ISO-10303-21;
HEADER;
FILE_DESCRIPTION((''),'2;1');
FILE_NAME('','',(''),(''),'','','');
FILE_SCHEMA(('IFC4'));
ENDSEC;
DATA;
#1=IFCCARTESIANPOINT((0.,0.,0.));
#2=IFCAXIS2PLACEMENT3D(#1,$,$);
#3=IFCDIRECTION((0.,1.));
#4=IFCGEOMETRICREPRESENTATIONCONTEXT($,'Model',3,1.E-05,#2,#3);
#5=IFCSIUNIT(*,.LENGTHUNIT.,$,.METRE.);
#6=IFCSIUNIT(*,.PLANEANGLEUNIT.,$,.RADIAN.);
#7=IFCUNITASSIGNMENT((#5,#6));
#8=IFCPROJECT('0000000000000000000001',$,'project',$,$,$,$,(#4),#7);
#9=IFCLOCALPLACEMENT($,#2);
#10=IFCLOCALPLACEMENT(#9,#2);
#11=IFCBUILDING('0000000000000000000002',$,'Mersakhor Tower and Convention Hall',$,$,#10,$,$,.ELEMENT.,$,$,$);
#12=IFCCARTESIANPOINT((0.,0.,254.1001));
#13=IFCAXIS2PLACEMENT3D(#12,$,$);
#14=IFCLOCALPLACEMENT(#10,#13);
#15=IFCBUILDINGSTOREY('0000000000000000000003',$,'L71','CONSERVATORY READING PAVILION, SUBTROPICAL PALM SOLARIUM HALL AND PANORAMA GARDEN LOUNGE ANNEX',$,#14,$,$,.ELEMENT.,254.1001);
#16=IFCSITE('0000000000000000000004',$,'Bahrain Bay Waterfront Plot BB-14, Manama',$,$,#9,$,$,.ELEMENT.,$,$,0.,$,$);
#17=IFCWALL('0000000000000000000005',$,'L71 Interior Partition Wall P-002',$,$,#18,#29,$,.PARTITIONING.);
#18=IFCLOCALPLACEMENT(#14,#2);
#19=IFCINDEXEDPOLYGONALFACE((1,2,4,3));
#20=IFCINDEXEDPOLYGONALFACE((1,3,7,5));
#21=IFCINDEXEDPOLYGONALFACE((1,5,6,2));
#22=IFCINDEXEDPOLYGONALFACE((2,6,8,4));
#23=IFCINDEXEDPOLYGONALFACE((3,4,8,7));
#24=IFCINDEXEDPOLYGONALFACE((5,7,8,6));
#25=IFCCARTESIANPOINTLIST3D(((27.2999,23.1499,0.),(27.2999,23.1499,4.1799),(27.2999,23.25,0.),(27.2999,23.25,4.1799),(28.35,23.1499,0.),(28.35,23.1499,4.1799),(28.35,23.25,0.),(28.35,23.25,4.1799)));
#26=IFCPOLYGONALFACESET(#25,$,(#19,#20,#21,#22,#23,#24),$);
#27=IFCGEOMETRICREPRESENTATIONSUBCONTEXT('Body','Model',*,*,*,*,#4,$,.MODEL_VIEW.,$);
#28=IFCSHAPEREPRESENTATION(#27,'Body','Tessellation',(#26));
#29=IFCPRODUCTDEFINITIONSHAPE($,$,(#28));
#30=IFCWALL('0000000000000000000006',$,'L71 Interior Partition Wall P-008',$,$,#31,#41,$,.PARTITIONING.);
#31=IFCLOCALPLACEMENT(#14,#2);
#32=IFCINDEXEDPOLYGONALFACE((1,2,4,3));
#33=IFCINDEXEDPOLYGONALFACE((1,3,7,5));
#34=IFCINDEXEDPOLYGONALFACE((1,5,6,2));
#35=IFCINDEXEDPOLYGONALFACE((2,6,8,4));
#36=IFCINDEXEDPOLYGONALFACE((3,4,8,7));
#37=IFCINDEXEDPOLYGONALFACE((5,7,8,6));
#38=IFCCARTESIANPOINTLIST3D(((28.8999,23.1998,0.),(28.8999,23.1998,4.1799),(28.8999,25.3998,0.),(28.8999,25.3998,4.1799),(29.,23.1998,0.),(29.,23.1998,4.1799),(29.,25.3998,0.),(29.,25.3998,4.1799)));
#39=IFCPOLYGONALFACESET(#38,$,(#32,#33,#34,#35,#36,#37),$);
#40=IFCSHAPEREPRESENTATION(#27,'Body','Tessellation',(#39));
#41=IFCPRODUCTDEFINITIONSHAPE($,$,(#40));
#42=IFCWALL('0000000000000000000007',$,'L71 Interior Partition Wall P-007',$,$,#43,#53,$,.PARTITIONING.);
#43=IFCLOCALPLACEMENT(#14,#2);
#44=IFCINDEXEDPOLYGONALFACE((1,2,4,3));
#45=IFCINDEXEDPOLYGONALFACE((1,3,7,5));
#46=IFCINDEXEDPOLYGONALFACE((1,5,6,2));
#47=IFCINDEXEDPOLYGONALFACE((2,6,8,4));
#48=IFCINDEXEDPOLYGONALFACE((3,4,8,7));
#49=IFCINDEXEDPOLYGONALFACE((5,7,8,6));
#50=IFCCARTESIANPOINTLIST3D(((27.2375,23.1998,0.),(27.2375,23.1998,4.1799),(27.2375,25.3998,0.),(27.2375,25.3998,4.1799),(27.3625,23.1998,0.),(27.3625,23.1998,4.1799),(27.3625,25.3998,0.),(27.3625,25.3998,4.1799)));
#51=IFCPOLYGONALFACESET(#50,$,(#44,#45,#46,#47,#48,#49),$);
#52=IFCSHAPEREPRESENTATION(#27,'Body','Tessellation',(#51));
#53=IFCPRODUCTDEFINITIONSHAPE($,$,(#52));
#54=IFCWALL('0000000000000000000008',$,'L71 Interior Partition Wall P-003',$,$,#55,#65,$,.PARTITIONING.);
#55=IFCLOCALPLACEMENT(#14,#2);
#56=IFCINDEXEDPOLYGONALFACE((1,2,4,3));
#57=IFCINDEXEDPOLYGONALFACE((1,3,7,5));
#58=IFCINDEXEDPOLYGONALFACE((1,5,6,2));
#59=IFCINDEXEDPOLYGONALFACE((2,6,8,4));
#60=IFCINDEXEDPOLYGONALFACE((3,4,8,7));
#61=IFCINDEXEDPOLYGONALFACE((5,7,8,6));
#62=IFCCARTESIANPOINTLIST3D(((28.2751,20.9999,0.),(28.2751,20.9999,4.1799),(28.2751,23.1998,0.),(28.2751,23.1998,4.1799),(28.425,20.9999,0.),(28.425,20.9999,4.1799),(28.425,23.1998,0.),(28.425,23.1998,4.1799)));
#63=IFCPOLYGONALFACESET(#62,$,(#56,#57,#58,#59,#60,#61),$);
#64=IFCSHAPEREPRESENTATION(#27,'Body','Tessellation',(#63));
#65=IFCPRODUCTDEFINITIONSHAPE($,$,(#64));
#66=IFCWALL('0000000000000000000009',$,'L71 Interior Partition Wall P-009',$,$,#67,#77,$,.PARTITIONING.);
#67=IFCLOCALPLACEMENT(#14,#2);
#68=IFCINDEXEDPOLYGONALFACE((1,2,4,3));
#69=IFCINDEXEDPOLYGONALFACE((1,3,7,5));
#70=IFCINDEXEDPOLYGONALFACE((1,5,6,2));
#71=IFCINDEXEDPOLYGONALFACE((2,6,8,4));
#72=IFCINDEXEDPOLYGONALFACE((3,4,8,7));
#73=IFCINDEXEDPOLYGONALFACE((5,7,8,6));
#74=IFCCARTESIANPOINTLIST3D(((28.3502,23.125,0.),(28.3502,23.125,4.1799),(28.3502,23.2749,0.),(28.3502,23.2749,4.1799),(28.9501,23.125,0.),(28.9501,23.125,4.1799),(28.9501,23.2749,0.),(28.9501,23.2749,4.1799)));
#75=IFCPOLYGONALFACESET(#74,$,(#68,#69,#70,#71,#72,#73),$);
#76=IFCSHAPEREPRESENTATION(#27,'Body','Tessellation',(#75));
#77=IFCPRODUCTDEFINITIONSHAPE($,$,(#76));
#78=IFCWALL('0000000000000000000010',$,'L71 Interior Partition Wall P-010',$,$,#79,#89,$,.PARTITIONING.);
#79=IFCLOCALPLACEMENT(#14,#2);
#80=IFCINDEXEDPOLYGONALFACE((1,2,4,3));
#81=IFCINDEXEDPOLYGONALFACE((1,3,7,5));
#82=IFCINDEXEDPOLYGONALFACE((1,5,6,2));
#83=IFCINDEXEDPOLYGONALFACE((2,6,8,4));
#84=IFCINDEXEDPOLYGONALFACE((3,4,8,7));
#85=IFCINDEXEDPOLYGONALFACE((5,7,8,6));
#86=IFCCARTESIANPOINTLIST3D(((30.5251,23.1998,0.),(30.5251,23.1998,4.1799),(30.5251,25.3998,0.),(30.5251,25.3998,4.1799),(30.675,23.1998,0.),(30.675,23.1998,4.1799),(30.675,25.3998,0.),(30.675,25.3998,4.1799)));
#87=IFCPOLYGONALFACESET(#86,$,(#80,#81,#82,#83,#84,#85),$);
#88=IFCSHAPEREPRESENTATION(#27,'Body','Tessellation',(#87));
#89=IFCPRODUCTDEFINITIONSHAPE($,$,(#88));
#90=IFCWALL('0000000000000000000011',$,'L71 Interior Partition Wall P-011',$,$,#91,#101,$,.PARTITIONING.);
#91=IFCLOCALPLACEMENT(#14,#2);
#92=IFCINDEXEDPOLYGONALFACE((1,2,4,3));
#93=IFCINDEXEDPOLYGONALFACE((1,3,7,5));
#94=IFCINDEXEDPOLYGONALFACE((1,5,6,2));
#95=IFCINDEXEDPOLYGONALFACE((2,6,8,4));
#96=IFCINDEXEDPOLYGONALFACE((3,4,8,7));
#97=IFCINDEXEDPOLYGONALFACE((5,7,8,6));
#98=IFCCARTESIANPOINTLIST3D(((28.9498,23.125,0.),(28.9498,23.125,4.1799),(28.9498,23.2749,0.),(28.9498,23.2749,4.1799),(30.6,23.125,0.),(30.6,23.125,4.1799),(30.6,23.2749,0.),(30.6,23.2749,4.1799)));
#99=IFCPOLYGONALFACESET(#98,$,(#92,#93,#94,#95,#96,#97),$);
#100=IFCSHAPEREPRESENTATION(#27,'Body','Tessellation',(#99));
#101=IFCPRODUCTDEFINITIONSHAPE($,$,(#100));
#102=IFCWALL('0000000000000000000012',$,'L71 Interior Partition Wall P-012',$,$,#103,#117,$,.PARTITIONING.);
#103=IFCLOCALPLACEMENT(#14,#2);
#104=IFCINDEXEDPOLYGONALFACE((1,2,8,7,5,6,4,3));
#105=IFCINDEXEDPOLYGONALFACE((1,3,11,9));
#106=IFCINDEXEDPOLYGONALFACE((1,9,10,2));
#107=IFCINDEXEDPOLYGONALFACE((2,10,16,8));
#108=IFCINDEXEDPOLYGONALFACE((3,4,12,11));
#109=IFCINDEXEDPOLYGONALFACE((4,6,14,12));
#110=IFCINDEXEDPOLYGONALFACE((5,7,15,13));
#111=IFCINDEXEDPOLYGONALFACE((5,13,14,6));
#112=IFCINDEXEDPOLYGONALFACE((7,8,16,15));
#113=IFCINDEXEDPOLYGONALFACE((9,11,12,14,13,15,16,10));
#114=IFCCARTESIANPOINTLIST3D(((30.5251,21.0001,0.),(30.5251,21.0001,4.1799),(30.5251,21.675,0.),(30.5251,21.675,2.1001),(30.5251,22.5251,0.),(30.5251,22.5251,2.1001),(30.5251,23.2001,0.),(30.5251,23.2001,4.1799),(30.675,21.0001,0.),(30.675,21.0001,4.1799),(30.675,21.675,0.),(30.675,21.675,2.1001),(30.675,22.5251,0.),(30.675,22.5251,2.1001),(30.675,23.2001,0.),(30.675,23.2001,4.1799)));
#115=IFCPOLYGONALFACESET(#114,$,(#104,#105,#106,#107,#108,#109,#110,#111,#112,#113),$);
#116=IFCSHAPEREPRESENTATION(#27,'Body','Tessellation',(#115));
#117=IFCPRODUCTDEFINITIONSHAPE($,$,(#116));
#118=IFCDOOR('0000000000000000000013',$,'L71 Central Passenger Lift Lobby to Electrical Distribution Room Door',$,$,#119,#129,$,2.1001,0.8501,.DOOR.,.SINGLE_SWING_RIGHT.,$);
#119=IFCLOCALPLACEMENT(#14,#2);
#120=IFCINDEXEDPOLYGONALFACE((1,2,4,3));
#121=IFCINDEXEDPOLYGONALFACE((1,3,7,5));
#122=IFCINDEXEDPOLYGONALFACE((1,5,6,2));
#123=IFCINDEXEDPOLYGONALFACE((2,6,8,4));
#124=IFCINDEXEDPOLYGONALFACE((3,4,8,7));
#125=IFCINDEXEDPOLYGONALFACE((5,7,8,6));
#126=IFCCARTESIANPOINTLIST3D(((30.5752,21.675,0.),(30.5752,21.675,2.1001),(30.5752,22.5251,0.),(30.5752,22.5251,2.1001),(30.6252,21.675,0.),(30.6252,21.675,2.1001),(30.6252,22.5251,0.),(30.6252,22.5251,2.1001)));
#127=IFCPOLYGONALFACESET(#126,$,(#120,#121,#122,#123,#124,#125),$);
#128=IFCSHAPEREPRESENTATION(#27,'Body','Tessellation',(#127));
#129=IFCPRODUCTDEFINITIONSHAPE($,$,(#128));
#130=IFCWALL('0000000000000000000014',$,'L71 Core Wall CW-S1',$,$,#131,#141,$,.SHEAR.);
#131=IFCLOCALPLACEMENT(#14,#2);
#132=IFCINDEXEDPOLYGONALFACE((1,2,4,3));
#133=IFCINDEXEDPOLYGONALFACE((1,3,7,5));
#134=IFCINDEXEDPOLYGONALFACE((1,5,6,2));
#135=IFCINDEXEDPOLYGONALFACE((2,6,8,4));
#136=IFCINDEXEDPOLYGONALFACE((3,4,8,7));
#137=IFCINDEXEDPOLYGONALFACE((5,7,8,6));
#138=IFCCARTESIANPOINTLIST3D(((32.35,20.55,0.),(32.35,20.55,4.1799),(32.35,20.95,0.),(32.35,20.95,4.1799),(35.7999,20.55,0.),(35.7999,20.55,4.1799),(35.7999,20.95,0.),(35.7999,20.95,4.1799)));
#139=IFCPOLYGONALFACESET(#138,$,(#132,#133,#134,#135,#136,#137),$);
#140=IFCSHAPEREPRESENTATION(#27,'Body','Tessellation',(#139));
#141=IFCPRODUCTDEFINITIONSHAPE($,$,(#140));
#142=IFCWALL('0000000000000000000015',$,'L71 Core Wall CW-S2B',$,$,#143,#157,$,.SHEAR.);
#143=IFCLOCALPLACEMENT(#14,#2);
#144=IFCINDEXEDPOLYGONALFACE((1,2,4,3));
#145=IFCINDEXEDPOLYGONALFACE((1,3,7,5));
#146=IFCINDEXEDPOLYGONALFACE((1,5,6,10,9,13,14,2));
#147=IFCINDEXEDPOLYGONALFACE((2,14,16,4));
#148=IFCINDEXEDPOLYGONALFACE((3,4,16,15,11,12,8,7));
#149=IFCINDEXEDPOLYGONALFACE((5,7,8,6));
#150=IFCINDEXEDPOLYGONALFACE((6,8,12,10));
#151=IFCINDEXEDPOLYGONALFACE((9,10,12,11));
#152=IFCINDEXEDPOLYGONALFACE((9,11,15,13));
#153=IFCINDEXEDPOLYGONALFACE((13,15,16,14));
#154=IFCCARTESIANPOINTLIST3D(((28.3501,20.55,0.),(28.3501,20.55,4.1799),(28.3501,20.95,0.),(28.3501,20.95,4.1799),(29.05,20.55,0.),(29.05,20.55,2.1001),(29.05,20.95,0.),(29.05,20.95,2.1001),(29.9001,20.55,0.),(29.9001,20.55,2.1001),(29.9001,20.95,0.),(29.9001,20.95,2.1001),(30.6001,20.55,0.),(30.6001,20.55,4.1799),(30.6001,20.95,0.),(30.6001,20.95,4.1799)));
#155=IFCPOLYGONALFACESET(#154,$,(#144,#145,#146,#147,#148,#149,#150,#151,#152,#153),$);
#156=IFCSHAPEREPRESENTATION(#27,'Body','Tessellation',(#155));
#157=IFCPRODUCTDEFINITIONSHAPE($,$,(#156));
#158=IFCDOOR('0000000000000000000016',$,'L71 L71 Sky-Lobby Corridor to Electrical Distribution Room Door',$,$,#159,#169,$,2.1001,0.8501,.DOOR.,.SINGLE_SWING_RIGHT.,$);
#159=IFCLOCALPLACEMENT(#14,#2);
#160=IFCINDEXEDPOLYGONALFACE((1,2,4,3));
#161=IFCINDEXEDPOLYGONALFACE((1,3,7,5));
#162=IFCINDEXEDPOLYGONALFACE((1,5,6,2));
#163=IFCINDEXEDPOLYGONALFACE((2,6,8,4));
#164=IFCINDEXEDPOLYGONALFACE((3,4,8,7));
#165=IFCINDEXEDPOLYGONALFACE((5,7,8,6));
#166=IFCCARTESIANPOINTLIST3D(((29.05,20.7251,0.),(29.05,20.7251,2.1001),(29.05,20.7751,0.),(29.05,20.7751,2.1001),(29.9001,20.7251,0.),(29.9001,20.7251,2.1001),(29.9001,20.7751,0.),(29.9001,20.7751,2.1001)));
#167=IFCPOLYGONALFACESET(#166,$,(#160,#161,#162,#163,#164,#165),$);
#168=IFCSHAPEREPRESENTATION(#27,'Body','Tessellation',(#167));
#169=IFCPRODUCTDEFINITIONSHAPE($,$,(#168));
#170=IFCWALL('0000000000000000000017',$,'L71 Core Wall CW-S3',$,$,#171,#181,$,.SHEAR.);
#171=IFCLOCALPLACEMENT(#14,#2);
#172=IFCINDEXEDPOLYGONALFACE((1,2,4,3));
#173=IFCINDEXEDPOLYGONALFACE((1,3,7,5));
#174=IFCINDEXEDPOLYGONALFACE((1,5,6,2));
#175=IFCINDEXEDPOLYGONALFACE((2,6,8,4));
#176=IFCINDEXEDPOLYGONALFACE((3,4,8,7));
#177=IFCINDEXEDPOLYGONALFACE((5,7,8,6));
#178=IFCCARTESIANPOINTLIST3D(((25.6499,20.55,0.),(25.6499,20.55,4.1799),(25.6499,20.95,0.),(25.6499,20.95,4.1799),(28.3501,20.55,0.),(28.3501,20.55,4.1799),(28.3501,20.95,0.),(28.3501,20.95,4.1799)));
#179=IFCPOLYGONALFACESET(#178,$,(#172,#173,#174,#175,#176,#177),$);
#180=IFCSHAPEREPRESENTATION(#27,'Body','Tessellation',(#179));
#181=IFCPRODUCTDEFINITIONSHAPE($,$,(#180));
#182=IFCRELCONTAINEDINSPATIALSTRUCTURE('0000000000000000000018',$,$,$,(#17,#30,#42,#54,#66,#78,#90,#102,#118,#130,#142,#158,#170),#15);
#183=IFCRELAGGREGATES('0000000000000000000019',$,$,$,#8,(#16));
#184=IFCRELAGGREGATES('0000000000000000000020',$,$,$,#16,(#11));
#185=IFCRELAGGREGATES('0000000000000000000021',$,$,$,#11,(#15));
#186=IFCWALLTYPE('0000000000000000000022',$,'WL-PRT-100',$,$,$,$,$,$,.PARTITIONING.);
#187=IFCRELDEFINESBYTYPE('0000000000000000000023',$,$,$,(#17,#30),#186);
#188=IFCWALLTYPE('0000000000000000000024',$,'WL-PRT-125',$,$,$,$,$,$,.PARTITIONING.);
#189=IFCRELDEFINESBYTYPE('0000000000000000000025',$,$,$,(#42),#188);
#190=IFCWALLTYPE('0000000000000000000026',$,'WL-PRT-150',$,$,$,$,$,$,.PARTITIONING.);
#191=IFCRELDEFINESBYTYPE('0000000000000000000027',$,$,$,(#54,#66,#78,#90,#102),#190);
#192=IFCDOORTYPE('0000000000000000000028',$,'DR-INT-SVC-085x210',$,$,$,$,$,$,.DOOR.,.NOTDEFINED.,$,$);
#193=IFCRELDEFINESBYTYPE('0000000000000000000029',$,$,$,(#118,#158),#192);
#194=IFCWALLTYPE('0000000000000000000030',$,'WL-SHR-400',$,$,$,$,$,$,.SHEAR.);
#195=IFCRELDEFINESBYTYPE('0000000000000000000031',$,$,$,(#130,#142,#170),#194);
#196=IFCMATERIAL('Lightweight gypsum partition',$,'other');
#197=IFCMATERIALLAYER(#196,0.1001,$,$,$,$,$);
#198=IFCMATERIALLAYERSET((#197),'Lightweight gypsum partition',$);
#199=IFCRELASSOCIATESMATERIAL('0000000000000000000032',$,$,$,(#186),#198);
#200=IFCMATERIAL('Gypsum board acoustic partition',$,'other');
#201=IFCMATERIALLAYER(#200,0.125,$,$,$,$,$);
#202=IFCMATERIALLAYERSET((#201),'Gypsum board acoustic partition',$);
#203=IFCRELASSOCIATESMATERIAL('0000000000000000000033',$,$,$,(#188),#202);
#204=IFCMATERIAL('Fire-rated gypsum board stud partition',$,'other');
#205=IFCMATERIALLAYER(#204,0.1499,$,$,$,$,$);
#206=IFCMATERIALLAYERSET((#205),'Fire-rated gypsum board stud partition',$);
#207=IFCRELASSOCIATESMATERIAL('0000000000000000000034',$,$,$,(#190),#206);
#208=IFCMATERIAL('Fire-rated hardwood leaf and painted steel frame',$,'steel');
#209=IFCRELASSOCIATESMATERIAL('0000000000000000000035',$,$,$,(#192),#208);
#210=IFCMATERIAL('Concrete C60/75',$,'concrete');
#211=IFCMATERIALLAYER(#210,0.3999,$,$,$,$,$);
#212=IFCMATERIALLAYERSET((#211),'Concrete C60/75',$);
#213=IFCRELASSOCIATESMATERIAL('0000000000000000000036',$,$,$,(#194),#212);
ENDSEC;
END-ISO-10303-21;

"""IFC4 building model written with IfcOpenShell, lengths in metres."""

from ifc_helpers import new_model, si_unit, direction, frame, frame_2d, origin, place, context, subcontext, project, spatial, rectangle, extrude, material, layer, layer_set, type_object, element, fill, save


model = new_model("IFC4")

# Units and contexts
model_context = context("Model", 3, precision=1e-05, world=origin(), true_north=direction((0.0, 1.0)))
body_context = subcontext(model_context, "Body", "Model", "MODEL_VIEW")
ifc_project = project(units=[si_unit("LENGTHUNIT", "METRE"), si_unit("PLANEANGLEUNIT", "RADIAN")], contexts=[model_context])

# Site, building, storey
site_placement = place(None, origin())
site = spatial("IfcSite", under=ifc_project, at=site_placement, Name="Bahrain Bay Waterfront Plot BB-14, Manama", CompositionType="ELEMENT", RefElevation=0.0)
building_placement = place(site_placement, origin())
building = spatial("IfcBuilding", under=site, at=building_placement, Name="Mersakhor Tower and Convention Hall", CompositionType="ELEMENT")
storey_placement = place(building_placement, frame((0.0, 0.0, 254.1001)))
storey = spatial("IfcBuildingStorey", under=building, at=storey_placement, Name="L71", Description="CONSERVATORY READING PAVILION, SUBTROPICAL PALM SOLARIUM HALL AND PANORAMA GARDEN LOUNGE ANNEX", CompositionType="ELEMENT", Elevation=254.1001)

# Walls
ifc_material_1 = material(Name="Lightweight gypsum partition", Category="other")
ifc_layer_1 = layer(ifc_material_1, 0.1001)
ifc_layer_set_1 = layer_set([ifc_layer_1], Name="Lightweight gypsum partition")
wall_type_1 = type_object("IfcWallType", Name="WL-PRT-100", PredefinedType="PARTITIONING", material=ifc_layer_set_1)
wall_1_placement = place(storey_placement, frame((27.3, 23.2, 0.0), z_axis=(0.0, 0.0, 1.0), x_axis=(1.0, 0.0, 0.0)))
element("IfcWall", 1, at=wall_1_placement, inside=storey, type_object=wall_type_1, Name="L71 Interior Partition Wall P-002", PredefinedType="PARTITIONING", context=body_context, shape_type="SweptSolid", body=[
    extrude(rectangle(XDim=1.05, YDim=0.1001, at=frame_2d((0.5249, 0.0))), origin(), (0.0, 0.0, 1.0), 4.1799),
])
wall_2_placement = place(storey_placement, frame((28.95, 25.3999, 0.0), z_axis=(0.0, 0.0, 1.0), x_axis=(0.0, -1.0, 0.0)))
element("IfcWall", 2, at=wall_2_placement, inside=storey, type_object=wall_type_1, Name="L71 Interior Partition Wall P-008", PredefinedType="PARTITIONING", context=body_context, shape_type="SweptSolid", body=[
    extrude(rectangle(XDim=2.2, YDim=0.1001, at=frame_2d((1.1001, 0.0))), origin(), (0.0, 0.0, 1.0), 4.1799),
])
ifc_material_2 = material(Name="Gypsum board acoustic partition", Category="other")
ifc_layer_2 = layer(ifc_material_2, 0.125)
ifc_layer_set_2 = layer_set([ifc_layer_2], Name="Gypsum board acoustic partition")
wall_type_2 = type_object("IfcWallType", Name="WL-PRT-125", PredefinedType="PARTITIONING", material=ifc_layer_set_2)
wall_3_placement = place(storey_placement, frame((27.3, 25.3999, 0.0), z_axis=(0.0, 0.0, 1.0), x_axis=(0.0, -1.0, 0.0)))
element("IfcWall", 3, at=wall_3_placement, inside=storey, type_object=wall_type_2, Name="L71 Interior Partition Wall P-007", PredefinedType="PARTITIONING", context=body_context, shape_type="SweptSolid", body=[
    extrude(rectangle(XDim=2.2, YDim=0.125, at=frame_2d((1.1001, 0.0))), origin(), (0.0, 0.0, 1.0), 4.1799),
])
ifc_material_3 = material(Name="Fire-rated gypsum board stud partition", Category="other")
ifc_layer_3 = layer(ifc_material_3, 0.1499)
ifc_layer_set_3 = layer_set([ifc_layer_3], Name="Fire-rated gypsum board stud partition")
wall_type_3 = type_object("IfcWallType", Name="WL-PRT-150", PredefinedType="PARTITIONING", material=ifc_layer_set_3)
wall_4_placement = place(storey_placement, frame((28.3501, 23.2, 0.0), z_axis=(0.0, 0.0, 1.0), x_axis=(0.0, -1.0, 0.0)))
element("IfcWall", 4, at=wall_4_placement, inside=storey, type_object=wall_type_3, Name="L71 Interior Partition Wall P-003", PredefinedType="PARTITIONING", context=body_context, shape_type="SweptSolid", body=[
    extrude(rectangle(XDim=2.2, YDim=0.1499, at=frame_2d((1.1001, 0.0))), origin(), (0.0, 0.0, 1.0), 4.1799),
])
wall_5_placement = place(storey_placement, frame((28.95, 23.2, 0.0), z_axis=(0.0, 0.0, 1.0), x_axis=(-1.0, 0.0, 0.0)))
element("IfcWall", 5, at=wall_5_placement, inside=storey, type_object=wall_type_3, Name="L71 Interior Partition Wall P-009", PredefinedType="PARTITIONING", context=body_context, shape_type="SweptSolid", body=[
    extrude(rectangle(XDim=0.5999, YDim=0.1499, at=frame_2d((0.2998, 0.0))), origin(), (0.0, 0.0, 1.0), 4.1799),
])
wall_6_placement = place(storey_placement, frame((30.6001, 25.3999, 0.0), z_axis=(0.0, 0.0, 1.0), x_axis=(0.0, -1.0, 0.0)))
element("IfcWall", 6, at=wall_6_placement, inside=storey, type_object=wall_type_3, Name="L71 Interior Partition Wall P-010", PredefinedType="PARTITIONING", context=body_context, shape_type="SweptSolid", body=[
    extrude(rectangle(XDim=2.2, YDim=0.1499, at=frame_2d((1.1001, 0.0))), origin(), (0.0, 0.0, 1.0), 4.1799),
])
wall_7_placement = place(storey_placement, frame((30.6001, 23.2, 0.0), z_axis=(0.0, 0.0, 1.0), x_axis=(-1.0, 0.0, 0.0)))
element("IfcWall", 7, at=wall_7_placement, inside=storey, type_object=wall_type_3, Name="L71 Interior Partition Wall P-011", PredefinedType="PARTITIONING", context=body_context, shape_type="SweptSolid", body=[
    extrude(rectangle(XDim=1.6501, YDim=0.1499, at=frame_2d((0.8252, 0.0))), origin(), (0.0, 0.0, 1.0), 4.1799),
])

# Wall, opening, door
wall_8_placement = place(storey_placement, frame((30.6001, 21.0, 0.0), z_axis=(0.0, 0.0, 1.0), x_axis=(0.0, 1.0, 0.0)))
wall_8 = element("IfcWall", 8, at=wall_8_placement, inside=storey, type_object=wall_type_3, Name="L71 Interior Partition Wall P-012", PredefinedType="PARTITIONING", context=body_context, shape_type="SweptSolid", body=[
    extrude(rectangle(XDim=2.2, YDim=0.1499, at=frame_2d((1.1001, 0.0))), origin(), (0.0, 0.0, 1.0), 4.1799),
])
opening_1_placement = place(wall_8_placement, frame((0.675, 0.0, 0.0)))
opening_1 = element("IfcOpeningElement", 9, at=opening_1_placement, cuts=wall_8, PredefinedType="OPENING", context=body_context, shape_type="SweptSolid", body=[
    extrude(rectangle(XDim=0.8501, YDim=2.1001, at=frame_2d((0.425, 1.05))), frame((0.0, 0.085, 0.0), z_axis=(0.0, -1.0, 0.0), x_axis=(1.0, 0.0, 0.0)), (0.0, 0.0, 1.0), 0.1699),
])
ifc_material_4 = material(Name="Fire-rated hardwood leaf and painted steel frame", Category="steel")
door_type_1 = type_object("IfcDoorType", Name="DR-INT-SVC-085x210", OperationType="NOTDEFINED", PredefinedType="DOOR", material=ifc_material_4)
door_1_placement = place(opening_1_placement, origin())
door_1 = element("IfcDoor", 10, at=door_1_placement, inside=storey, type_object=door_type_1, Name="L71 Central Passenger Lift Lobby to Electrical Distribution Room Door", OperationType="SINGLE_SWING_RIGHT", OverallHeight=2.1001, OverallWidth=0.8501, PredefinedType="DOOR", context=body_context, shape_type="SweptSolid", body=[
    extrude(rectangle(XDim=0.8501, YDim=2.1001, at=frame_2d((0.425, 1.05))), frame((0.0, 0.0249, 0.0), z_axis=(0.0, -1.0, 0.0), x_axis=(1.0, 0.0, 0.0)), (0.0, 0.0, 1.0), 0.05),
])
fill(opening_1, door_1)

# Wall
ifc_material_5 = material(Name="Concrete C60/75", Category="concrete")
ifc_layer_4 = layer(ifc_material_5, 0.3999)
ifc_layer_set_4 = layer_set([ifc_layer_4], Name="Concrete C60/75")
wall_type_4 = type_object("IfcWallType", Name="WL-SHR-400", PredefinedType="SHEAR", material=ifc_layer_set_4)
wall_9_placement = place(storey_placement, frame((35.8, 20.75, 0.0), z_axis=(0.0, 0.0, 1.0), x_axis=(-1.0, 0.0, 0.0)))
element("IfcWall", 11, at=wall_9_placement, inside=storey, type_object=wall_type_4, Name="L71 Core Wall CW-S1", PredefinedType="SHEAR", context=body_context, shape_type="SweptSolid", body=[
    extrude(rectangle(XDim=3.45, YDim=0.3999, at=frame_2d((1.7251, 0.0))), origin(), (0.0, 0.0, 1.0), 4.1799),
])

# Wall, opening, door
wall_10_placement = place(storey_placement, frame((30.6001, 20.75, 0.0), z_axis=(0.0, 0.0, 1.0), x_axis=(-1.0, 0.0, 0.0)))
wall_10 = element("IfcWall", 12, at=wall_10_placement, inside=storey, type_object=wall_type_4, Name="L71 Core Wall CW-S2B", PredefinedType="SHEAR", context=body_context, shape_type="SweptSolid", body=[
    extrude(rectangle(XDim=2.25, YDim=0.3999, at=frame_2d((1.125, 0.0))), origin(), (0.0, 0.0, 1.0), 4.1799),
])
opening_2_placement = place(wall_10_placement, frame((0.7, 0.0, 0.0)))
opening_2 = element("IfcOpeningElement", 13, at=opening_2_placement, cuts=wall_10, PredefinedType="OPENING", context=body_context, shape_type="SweptSolid", body=[
    extrude(rectangle(XDim=0.8501, YDim=2.1001, at=frame_2d((0.425, 1.05))), frame((0.0, 0.21, 0.0), z_axis=(0.0, -1.0, 0.0), x_axis=(1.0, 0.0, 0.0)), (0.0, 0.0, 1.0), 0.4199),
])
door_2_placement = place(opening_2_placement, origin())
door_2 = element("IfcDoor", 14, at=door_2_placement, inside=storey, type_object=door_type_1, Name="L71 L71 Sky-Lobby Corridor to Electrical Distribution Room Door", OperationType="SINGLE_SWING_RIGHT", OverallHeight=2.1001, OverallWidth=0.8501, PredefinedType="DOOR", context=body_context, shape_type="SweptSolid", body=[
    extrude(rectangle(XDim=0.8501, YDim=2.1001, at=frame_2d((0.425, 1.05))), frame((0.0, 0.0249, 0.0), z_axis=(0.0, -1.0, 0.0), x_axis=(1.0, 0.0, 0.0)), (0.0, 0.0, 1.0), 0.05),
])
fill(opening_2, door_2)

# Wall
wall_11_placement = place(storey_placement, frame((28.3501, 20.75, 0.0), z_axis=(0.0, 0.0, 1.0), x_axis=(-1.0, 0.0, 0.0)))
element("IfcWall", 15, at=wall_11_placement, inside=storey, type_object=wall_type_4, Name="L71 Core Wall CW-S3", PredefinedType="SHEAR", context=body_context, shape_type="SweptSolid", body=[
    extrude(rectangle(XDim=2.7002, YDim=0.3999, at=frame_2d((1.3501, 0.0))), origin(), (0.0, 0.0, 1.0), 4.1799),
])

save(model, "model.ifc")
